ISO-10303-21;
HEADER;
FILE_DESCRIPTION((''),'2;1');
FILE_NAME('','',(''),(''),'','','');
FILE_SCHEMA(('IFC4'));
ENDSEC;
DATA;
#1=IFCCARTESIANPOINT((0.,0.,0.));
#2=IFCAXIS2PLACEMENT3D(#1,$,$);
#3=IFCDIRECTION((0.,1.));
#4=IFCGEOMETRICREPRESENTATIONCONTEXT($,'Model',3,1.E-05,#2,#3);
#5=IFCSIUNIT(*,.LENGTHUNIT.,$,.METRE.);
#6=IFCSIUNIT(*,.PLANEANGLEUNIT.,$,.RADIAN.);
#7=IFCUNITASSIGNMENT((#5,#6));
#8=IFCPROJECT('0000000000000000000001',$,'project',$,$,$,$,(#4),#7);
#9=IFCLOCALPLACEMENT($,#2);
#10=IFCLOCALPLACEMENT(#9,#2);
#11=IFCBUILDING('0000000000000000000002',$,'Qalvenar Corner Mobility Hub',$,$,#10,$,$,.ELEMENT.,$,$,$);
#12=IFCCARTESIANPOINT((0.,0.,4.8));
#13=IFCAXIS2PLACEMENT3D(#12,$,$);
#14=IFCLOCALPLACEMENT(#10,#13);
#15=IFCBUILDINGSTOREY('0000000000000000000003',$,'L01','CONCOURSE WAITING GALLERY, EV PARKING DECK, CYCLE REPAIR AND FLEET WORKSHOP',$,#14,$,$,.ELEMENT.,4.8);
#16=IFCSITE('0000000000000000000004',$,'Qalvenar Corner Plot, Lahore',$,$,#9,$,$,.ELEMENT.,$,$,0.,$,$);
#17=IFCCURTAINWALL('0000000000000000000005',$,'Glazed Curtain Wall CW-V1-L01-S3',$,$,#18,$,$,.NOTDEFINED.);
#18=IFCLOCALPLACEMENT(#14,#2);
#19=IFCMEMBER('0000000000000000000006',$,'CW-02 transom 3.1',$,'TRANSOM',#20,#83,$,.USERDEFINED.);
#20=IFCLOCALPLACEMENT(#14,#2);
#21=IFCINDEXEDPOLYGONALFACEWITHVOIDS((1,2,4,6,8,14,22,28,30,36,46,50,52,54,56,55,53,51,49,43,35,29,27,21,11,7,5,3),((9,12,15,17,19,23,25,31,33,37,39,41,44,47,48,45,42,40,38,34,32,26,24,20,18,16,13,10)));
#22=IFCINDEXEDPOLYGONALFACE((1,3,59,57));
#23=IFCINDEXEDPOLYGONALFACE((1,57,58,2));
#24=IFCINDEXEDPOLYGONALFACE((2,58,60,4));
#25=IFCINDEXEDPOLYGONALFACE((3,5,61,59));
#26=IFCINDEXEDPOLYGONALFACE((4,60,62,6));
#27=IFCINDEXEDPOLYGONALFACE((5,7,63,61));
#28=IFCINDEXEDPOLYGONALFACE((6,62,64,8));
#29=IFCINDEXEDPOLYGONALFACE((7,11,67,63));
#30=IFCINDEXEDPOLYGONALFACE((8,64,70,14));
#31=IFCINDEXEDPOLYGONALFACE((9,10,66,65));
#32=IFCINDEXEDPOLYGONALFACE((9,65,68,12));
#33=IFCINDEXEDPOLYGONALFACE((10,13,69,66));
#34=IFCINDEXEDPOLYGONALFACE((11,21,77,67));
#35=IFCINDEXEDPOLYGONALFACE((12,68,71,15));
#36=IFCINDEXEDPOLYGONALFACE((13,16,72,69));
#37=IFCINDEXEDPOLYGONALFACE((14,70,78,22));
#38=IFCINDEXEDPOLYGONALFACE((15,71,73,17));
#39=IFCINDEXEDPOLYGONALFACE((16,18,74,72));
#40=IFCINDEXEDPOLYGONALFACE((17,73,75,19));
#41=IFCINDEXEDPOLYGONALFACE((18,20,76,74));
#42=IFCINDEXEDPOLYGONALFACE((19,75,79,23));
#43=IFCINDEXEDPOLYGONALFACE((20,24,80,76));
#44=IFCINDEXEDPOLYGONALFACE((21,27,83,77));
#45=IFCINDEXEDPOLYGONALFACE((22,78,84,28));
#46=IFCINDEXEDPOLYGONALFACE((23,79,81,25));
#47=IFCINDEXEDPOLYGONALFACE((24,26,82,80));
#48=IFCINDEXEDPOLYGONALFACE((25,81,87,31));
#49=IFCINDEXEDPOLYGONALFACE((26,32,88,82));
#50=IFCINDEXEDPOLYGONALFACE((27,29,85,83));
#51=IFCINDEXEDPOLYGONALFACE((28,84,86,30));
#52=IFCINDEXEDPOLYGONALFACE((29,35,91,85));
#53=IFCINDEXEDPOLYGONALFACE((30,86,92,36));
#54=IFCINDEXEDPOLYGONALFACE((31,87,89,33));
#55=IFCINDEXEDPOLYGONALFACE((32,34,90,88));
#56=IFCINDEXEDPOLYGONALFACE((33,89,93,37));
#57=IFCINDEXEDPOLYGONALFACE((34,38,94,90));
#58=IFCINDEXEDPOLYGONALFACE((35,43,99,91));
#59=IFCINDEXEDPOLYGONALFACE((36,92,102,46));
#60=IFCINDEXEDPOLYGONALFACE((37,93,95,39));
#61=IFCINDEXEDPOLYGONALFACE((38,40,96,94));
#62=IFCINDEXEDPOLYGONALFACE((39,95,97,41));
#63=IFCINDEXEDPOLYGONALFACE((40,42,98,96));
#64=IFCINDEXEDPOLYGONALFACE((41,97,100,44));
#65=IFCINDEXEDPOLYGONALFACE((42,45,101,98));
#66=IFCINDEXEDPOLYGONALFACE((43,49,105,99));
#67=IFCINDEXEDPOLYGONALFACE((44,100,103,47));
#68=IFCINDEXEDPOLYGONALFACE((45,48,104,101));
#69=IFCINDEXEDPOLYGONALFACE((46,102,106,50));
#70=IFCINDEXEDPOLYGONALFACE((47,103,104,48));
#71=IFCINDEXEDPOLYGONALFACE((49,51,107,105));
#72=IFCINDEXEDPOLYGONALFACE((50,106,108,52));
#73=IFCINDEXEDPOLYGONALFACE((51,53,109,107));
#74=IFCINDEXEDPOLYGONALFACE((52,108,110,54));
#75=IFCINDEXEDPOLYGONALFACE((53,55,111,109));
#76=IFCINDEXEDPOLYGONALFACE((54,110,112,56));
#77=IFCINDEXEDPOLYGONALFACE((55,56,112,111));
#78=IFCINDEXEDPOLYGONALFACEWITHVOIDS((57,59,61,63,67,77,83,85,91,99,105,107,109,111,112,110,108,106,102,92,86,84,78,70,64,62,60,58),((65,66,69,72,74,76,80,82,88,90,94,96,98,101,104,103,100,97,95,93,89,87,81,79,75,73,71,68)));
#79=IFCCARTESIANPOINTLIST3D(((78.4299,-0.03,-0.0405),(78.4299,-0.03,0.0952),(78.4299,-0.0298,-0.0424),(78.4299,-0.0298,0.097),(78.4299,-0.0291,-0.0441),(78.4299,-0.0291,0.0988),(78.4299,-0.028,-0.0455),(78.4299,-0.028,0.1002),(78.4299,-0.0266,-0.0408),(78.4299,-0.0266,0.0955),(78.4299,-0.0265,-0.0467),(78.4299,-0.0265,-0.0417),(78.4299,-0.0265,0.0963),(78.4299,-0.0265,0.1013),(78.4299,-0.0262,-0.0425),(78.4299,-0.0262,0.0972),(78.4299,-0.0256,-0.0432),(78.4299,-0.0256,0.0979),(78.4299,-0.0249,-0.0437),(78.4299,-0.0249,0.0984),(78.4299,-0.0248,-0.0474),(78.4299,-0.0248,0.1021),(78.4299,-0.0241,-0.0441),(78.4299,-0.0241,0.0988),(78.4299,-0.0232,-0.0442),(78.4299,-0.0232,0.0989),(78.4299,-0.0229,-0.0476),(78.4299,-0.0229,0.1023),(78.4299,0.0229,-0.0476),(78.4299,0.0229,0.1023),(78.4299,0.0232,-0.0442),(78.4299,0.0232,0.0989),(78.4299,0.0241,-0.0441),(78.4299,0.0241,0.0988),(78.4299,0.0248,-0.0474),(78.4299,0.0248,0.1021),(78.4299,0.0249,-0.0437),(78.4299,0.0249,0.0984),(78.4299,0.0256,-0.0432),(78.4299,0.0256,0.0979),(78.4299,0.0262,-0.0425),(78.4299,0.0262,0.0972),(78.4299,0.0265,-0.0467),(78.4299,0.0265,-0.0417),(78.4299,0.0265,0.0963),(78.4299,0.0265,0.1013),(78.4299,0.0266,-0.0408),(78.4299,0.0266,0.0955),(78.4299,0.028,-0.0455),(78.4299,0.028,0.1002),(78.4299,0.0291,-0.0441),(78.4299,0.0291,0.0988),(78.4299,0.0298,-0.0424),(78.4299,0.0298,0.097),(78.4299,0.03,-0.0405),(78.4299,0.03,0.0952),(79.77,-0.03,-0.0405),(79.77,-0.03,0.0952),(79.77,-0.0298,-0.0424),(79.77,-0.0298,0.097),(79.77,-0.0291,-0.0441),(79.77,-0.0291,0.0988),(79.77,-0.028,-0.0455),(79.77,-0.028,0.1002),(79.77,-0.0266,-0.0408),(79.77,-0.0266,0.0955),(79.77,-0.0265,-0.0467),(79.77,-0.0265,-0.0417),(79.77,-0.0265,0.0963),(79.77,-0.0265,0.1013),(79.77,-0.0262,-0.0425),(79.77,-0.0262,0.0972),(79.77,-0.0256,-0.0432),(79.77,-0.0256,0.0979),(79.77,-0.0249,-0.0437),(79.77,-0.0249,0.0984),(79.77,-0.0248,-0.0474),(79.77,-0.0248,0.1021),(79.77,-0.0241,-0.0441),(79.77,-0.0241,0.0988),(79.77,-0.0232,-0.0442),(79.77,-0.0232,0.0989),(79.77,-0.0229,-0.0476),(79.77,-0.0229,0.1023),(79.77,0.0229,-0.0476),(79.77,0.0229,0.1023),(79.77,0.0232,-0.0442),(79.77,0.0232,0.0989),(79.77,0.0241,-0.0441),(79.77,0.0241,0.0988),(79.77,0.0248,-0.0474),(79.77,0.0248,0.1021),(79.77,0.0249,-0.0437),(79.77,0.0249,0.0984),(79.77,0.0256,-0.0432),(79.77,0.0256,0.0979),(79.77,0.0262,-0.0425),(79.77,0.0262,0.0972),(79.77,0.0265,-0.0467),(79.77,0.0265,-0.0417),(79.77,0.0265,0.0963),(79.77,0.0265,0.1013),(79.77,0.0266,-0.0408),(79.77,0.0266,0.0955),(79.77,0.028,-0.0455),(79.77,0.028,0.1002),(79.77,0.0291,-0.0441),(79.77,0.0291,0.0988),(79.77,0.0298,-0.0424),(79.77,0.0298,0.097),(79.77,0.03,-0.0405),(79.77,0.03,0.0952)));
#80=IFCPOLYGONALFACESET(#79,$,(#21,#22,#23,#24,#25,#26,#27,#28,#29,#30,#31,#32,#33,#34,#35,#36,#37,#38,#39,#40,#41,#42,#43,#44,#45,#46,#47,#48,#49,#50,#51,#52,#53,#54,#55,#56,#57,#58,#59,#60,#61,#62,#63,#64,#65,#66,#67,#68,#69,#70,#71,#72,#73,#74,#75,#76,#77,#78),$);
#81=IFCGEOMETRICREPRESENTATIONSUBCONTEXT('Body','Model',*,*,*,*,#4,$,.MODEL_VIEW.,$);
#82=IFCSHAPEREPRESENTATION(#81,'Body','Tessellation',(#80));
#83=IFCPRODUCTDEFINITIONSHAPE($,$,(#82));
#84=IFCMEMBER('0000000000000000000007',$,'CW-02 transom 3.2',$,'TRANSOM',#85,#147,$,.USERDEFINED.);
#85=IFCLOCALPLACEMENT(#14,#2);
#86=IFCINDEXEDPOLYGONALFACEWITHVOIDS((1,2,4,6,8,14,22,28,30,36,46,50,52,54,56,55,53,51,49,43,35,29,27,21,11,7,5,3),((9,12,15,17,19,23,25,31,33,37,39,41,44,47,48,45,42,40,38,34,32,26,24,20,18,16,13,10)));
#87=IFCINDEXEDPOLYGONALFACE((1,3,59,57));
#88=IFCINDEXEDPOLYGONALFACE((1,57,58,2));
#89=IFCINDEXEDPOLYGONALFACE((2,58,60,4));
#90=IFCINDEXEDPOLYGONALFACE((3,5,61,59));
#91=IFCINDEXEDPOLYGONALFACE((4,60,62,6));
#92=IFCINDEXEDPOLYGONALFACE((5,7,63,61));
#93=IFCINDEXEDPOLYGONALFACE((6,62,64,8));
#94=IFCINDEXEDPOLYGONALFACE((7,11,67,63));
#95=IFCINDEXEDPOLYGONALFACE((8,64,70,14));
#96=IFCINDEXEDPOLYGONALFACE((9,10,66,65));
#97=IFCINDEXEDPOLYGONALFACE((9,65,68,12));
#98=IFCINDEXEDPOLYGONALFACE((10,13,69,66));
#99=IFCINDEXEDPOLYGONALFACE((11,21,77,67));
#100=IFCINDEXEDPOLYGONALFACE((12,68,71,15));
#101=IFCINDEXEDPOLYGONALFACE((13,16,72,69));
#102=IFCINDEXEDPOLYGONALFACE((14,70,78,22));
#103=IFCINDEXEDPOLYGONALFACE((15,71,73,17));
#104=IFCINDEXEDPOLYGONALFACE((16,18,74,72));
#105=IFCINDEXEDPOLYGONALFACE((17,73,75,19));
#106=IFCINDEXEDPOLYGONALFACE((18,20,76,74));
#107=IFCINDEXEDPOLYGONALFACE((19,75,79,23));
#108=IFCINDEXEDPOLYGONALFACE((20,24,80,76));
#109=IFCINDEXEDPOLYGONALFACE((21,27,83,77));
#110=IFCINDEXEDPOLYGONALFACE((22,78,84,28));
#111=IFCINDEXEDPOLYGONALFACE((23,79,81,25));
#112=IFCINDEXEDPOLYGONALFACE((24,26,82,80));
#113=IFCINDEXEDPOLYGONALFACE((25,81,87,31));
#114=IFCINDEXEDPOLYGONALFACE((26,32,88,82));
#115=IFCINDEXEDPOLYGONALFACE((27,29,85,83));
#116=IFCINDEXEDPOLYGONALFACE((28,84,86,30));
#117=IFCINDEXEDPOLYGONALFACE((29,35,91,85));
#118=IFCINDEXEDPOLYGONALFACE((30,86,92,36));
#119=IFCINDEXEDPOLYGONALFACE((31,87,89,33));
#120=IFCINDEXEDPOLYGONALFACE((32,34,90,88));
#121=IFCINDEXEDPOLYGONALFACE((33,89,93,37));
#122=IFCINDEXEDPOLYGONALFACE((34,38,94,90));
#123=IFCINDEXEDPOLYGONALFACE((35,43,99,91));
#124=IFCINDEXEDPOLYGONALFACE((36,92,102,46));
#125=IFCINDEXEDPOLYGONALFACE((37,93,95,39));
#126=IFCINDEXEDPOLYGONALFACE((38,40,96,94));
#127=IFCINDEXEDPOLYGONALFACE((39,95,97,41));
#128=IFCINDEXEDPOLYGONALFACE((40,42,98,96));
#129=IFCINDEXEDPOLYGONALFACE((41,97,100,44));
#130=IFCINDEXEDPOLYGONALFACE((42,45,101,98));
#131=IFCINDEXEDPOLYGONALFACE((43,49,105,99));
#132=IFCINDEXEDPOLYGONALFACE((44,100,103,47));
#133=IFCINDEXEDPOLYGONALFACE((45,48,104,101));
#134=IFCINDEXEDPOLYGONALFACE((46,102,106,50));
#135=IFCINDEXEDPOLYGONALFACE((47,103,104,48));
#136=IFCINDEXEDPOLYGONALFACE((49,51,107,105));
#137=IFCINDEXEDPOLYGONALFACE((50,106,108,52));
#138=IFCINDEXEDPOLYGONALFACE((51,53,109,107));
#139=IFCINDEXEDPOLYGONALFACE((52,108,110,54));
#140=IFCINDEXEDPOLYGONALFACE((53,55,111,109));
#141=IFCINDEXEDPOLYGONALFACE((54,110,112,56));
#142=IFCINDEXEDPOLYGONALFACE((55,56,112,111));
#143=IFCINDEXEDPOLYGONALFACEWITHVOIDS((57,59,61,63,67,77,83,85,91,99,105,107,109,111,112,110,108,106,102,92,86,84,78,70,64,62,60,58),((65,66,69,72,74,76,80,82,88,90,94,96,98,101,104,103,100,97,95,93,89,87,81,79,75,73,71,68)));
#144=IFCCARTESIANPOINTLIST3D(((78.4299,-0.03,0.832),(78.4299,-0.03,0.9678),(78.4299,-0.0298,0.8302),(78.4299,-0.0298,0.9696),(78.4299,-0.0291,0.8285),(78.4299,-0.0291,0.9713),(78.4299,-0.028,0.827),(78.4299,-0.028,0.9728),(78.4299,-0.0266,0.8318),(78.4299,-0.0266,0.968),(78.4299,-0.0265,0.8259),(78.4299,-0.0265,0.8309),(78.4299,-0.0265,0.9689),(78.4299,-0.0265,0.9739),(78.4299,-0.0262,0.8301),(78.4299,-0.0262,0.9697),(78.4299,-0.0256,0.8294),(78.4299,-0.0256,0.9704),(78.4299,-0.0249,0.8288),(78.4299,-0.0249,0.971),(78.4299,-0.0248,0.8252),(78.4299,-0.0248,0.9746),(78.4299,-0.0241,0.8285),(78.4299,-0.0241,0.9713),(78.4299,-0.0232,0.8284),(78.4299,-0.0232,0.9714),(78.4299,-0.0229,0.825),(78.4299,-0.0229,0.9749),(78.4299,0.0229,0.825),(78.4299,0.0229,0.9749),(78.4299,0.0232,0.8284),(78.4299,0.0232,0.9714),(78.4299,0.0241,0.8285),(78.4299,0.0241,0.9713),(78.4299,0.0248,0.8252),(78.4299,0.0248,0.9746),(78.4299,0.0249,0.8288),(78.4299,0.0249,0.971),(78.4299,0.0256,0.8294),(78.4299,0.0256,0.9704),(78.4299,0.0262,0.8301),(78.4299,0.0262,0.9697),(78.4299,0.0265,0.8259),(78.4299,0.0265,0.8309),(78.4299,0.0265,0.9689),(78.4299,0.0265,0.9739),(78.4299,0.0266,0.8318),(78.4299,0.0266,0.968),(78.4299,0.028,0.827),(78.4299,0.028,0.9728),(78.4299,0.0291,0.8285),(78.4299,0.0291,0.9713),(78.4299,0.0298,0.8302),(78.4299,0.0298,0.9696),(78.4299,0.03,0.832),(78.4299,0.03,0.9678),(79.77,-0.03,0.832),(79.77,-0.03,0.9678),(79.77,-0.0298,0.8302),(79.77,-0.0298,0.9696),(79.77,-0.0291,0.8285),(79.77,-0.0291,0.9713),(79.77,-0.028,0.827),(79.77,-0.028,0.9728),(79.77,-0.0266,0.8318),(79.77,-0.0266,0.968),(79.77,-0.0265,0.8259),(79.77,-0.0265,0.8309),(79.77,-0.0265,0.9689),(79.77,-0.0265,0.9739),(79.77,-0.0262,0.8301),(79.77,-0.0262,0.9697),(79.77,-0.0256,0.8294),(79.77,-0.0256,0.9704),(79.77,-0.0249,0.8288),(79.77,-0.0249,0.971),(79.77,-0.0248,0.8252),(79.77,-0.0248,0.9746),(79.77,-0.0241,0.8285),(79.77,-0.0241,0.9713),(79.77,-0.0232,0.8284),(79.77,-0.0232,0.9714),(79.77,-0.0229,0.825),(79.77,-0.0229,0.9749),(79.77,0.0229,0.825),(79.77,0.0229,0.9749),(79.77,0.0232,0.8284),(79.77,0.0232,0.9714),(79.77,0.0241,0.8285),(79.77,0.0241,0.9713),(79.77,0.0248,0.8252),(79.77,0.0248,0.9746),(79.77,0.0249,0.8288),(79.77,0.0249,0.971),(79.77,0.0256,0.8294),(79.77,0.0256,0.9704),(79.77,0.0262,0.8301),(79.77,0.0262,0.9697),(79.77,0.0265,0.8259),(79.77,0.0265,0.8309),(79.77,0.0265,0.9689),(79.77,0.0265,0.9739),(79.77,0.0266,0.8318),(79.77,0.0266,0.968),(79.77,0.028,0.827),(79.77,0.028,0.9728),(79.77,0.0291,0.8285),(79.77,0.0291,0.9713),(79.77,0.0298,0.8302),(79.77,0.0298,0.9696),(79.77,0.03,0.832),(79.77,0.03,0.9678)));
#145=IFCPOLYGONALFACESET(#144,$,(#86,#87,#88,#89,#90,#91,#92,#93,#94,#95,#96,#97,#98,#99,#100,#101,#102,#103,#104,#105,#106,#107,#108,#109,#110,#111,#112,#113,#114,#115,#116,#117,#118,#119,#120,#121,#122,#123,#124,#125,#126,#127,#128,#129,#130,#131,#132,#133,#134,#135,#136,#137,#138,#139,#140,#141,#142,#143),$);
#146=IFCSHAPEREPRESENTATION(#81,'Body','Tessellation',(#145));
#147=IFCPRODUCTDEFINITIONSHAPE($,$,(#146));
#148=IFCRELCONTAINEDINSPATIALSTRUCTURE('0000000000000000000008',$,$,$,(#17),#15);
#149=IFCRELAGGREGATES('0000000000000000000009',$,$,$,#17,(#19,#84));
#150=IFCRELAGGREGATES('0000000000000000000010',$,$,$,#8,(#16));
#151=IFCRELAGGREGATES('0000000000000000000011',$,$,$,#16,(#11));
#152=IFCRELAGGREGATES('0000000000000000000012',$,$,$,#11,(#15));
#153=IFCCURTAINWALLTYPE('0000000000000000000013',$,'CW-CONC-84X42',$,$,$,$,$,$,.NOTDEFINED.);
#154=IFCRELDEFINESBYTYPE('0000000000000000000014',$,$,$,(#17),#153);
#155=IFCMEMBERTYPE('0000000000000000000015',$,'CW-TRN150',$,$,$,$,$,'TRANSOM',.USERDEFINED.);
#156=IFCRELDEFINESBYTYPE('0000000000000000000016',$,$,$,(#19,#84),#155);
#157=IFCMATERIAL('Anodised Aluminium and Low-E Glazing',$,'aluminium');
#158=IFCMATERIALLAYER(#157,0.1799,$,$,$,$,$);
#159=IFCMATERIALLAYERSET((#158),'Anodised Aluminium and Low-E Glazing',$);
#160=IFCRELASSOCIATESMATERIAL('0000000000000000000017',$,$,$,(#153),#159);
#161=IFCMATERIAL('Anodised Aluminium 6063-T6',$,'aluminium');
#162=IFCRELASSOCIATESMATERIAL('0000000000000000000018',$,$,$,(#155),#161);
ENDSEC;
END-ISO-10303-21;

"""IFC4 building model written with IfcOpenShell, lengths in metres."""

from ifc_helpers import new_model, si_unit, direction, frame, origin, origin_2d, place, context, subcontext, project, spatial, hollow_rectangle, extrude, material, layer, layer_set, material_profile, profile_set, type_object, element, aggregate, save


model = new_model("IFC4")

# Units and contexts
model_context = context("Model", 3, precision=1e-05, world=origin(), true_north=direction((0.0, 1.0)))
body_context = subcontext(model_context, "Body", "Model", "MODEL_VIEW")
ifc_project = project(units=[si_unit("LENGTHUNIT", "METRE"), si_unit("PLANEANGLEUNIT", "RADIAN")], contexts=[model_context])

# Site, building, storey
site_placement = place(None, origin())
site = spatial("IfcSite", under=ifc_project, at=site_placement, Name="Qalvenar Corner Plot, Lahore", CompositionType="ELEMENT", RefElevation=0.0)
building_placement = place(site_placement, origin())
building = spatial("IfcBuilding", under=site, at=building_placement, Name="Qalvenar Corner Mobility Hub", CompositionType="ELEMENT")
storey_placement = place(building_placement, frame((0.0, 0.0, 4.8)))
storey = spatial("IfcBuildingStorey", under=building, at=storey_placement, Name="L01", Description="CONCOURSE WAITING GALLERY, EV PARKING DECK, CYCLE REPAIR AND FLEET WORKSHOP", CompositionType="ELEMENT", Elevation=4.8)

# Curtain wall, members
ifc_material_1 = material(Name="Anodised Aluminium and Low-E Glazing", Category="aluminium")
ifc_layer_1 = layer(ifc_material_1, 0.1799)
ifc_layer_set_1 = layer_set([ifc_layer_1], Name="Anodised Aluminium and Low-E Glazing")
curtain_wall_type = type_object("IfcCurtainWallType", Name="CW-CONC-84X42", PredefinedType="NOTDEFINED", material=ifc_layer_set_1)
curtain_wall_placement = place(storey_placement, origin())
curtain_wall = element("IfcCurtainWall", 1, at=curtain_wall_placement, inside=storey, type_object=curtain_wall_type, Name="Glazed Curtain Wall CW-V1-L01-S3", PredefinedType="NOTDEFINED")
ifc_material_2 = material(Name="Anodised Aluminium 6063-T6", Category="aluminium")
ifc_material_profile_1 = material_profile(ifc_material_2, hollow_rectangle(XDim=0.0601, YDim=0.1499, WallThickness=0.0034, InnerFilletRadius=0.0034, OuterFilletRadius=0.0071, at=origin_2d()), Name="RHS150x60x3.5")
ifc_profile_set_1 = profile_set([ifc_material_profile_1], Name="Anodised Aluminium 6063-T6")
member_type_1 = type_object("IfcMemberType", Name="CW-TRN150", ElementType="TRANSOM", PredefinedType="USERDEFINED", material=ifc_profile_set_1)
member_1_placement = place(storey_placement, frame((78.4299, 0.0, 0.0273), z_axis=(1.0, 0.0, 0.0), x_axis=(0.0, 1.0, 0.0)))
member_1 = element("IfcMember", 2, at=member_1_placement, type_object=member_type_1, Name="CW-02 transom 3.1", ObjectType="TRANSOM", PredefinedType="USERDEFINED", context=body_context, shape_type="SweptSolid", body=[
    extrude(hollow_rectangle(XDim=0.0601, YDim=0.1499, WallThickness=0.0034, InnerFilletRadius=0.0034, OuterFilletRadius=0.0071, at=origin_2d()), origin(), (0.0, 0.0, 1.0), 1.3401),
])
member_2_placement = place(storey_placement, frame((78.4299, 0.0, 0.8999), z_axis=(1.0, 0.0, 0.0), x_axis=(0.0, 1.0, 0.0)))
member_2 = element("IfcMember", 3, at=member_2_placement, type_object=member_type_1, Name="CW-02 transom 3.2", ObjectType="TRANSOM", PredefinedType="USERDEFINED", context=body_context, shape_type="SweptSolid", body=[
    extrude(hollow_rectangle(XDim=0.0601, YDim=0.1499, WallThickness=0.0034, InnerFilletRadius=0.0034, OuterFilletRadius=0.0071, at=origin_2d()), origin(), (0.0, 0.0, 1.0), 1.3401),
])
aggregate(curtain_wall, [member_1, member_2])

save(model, "model.ifc")
